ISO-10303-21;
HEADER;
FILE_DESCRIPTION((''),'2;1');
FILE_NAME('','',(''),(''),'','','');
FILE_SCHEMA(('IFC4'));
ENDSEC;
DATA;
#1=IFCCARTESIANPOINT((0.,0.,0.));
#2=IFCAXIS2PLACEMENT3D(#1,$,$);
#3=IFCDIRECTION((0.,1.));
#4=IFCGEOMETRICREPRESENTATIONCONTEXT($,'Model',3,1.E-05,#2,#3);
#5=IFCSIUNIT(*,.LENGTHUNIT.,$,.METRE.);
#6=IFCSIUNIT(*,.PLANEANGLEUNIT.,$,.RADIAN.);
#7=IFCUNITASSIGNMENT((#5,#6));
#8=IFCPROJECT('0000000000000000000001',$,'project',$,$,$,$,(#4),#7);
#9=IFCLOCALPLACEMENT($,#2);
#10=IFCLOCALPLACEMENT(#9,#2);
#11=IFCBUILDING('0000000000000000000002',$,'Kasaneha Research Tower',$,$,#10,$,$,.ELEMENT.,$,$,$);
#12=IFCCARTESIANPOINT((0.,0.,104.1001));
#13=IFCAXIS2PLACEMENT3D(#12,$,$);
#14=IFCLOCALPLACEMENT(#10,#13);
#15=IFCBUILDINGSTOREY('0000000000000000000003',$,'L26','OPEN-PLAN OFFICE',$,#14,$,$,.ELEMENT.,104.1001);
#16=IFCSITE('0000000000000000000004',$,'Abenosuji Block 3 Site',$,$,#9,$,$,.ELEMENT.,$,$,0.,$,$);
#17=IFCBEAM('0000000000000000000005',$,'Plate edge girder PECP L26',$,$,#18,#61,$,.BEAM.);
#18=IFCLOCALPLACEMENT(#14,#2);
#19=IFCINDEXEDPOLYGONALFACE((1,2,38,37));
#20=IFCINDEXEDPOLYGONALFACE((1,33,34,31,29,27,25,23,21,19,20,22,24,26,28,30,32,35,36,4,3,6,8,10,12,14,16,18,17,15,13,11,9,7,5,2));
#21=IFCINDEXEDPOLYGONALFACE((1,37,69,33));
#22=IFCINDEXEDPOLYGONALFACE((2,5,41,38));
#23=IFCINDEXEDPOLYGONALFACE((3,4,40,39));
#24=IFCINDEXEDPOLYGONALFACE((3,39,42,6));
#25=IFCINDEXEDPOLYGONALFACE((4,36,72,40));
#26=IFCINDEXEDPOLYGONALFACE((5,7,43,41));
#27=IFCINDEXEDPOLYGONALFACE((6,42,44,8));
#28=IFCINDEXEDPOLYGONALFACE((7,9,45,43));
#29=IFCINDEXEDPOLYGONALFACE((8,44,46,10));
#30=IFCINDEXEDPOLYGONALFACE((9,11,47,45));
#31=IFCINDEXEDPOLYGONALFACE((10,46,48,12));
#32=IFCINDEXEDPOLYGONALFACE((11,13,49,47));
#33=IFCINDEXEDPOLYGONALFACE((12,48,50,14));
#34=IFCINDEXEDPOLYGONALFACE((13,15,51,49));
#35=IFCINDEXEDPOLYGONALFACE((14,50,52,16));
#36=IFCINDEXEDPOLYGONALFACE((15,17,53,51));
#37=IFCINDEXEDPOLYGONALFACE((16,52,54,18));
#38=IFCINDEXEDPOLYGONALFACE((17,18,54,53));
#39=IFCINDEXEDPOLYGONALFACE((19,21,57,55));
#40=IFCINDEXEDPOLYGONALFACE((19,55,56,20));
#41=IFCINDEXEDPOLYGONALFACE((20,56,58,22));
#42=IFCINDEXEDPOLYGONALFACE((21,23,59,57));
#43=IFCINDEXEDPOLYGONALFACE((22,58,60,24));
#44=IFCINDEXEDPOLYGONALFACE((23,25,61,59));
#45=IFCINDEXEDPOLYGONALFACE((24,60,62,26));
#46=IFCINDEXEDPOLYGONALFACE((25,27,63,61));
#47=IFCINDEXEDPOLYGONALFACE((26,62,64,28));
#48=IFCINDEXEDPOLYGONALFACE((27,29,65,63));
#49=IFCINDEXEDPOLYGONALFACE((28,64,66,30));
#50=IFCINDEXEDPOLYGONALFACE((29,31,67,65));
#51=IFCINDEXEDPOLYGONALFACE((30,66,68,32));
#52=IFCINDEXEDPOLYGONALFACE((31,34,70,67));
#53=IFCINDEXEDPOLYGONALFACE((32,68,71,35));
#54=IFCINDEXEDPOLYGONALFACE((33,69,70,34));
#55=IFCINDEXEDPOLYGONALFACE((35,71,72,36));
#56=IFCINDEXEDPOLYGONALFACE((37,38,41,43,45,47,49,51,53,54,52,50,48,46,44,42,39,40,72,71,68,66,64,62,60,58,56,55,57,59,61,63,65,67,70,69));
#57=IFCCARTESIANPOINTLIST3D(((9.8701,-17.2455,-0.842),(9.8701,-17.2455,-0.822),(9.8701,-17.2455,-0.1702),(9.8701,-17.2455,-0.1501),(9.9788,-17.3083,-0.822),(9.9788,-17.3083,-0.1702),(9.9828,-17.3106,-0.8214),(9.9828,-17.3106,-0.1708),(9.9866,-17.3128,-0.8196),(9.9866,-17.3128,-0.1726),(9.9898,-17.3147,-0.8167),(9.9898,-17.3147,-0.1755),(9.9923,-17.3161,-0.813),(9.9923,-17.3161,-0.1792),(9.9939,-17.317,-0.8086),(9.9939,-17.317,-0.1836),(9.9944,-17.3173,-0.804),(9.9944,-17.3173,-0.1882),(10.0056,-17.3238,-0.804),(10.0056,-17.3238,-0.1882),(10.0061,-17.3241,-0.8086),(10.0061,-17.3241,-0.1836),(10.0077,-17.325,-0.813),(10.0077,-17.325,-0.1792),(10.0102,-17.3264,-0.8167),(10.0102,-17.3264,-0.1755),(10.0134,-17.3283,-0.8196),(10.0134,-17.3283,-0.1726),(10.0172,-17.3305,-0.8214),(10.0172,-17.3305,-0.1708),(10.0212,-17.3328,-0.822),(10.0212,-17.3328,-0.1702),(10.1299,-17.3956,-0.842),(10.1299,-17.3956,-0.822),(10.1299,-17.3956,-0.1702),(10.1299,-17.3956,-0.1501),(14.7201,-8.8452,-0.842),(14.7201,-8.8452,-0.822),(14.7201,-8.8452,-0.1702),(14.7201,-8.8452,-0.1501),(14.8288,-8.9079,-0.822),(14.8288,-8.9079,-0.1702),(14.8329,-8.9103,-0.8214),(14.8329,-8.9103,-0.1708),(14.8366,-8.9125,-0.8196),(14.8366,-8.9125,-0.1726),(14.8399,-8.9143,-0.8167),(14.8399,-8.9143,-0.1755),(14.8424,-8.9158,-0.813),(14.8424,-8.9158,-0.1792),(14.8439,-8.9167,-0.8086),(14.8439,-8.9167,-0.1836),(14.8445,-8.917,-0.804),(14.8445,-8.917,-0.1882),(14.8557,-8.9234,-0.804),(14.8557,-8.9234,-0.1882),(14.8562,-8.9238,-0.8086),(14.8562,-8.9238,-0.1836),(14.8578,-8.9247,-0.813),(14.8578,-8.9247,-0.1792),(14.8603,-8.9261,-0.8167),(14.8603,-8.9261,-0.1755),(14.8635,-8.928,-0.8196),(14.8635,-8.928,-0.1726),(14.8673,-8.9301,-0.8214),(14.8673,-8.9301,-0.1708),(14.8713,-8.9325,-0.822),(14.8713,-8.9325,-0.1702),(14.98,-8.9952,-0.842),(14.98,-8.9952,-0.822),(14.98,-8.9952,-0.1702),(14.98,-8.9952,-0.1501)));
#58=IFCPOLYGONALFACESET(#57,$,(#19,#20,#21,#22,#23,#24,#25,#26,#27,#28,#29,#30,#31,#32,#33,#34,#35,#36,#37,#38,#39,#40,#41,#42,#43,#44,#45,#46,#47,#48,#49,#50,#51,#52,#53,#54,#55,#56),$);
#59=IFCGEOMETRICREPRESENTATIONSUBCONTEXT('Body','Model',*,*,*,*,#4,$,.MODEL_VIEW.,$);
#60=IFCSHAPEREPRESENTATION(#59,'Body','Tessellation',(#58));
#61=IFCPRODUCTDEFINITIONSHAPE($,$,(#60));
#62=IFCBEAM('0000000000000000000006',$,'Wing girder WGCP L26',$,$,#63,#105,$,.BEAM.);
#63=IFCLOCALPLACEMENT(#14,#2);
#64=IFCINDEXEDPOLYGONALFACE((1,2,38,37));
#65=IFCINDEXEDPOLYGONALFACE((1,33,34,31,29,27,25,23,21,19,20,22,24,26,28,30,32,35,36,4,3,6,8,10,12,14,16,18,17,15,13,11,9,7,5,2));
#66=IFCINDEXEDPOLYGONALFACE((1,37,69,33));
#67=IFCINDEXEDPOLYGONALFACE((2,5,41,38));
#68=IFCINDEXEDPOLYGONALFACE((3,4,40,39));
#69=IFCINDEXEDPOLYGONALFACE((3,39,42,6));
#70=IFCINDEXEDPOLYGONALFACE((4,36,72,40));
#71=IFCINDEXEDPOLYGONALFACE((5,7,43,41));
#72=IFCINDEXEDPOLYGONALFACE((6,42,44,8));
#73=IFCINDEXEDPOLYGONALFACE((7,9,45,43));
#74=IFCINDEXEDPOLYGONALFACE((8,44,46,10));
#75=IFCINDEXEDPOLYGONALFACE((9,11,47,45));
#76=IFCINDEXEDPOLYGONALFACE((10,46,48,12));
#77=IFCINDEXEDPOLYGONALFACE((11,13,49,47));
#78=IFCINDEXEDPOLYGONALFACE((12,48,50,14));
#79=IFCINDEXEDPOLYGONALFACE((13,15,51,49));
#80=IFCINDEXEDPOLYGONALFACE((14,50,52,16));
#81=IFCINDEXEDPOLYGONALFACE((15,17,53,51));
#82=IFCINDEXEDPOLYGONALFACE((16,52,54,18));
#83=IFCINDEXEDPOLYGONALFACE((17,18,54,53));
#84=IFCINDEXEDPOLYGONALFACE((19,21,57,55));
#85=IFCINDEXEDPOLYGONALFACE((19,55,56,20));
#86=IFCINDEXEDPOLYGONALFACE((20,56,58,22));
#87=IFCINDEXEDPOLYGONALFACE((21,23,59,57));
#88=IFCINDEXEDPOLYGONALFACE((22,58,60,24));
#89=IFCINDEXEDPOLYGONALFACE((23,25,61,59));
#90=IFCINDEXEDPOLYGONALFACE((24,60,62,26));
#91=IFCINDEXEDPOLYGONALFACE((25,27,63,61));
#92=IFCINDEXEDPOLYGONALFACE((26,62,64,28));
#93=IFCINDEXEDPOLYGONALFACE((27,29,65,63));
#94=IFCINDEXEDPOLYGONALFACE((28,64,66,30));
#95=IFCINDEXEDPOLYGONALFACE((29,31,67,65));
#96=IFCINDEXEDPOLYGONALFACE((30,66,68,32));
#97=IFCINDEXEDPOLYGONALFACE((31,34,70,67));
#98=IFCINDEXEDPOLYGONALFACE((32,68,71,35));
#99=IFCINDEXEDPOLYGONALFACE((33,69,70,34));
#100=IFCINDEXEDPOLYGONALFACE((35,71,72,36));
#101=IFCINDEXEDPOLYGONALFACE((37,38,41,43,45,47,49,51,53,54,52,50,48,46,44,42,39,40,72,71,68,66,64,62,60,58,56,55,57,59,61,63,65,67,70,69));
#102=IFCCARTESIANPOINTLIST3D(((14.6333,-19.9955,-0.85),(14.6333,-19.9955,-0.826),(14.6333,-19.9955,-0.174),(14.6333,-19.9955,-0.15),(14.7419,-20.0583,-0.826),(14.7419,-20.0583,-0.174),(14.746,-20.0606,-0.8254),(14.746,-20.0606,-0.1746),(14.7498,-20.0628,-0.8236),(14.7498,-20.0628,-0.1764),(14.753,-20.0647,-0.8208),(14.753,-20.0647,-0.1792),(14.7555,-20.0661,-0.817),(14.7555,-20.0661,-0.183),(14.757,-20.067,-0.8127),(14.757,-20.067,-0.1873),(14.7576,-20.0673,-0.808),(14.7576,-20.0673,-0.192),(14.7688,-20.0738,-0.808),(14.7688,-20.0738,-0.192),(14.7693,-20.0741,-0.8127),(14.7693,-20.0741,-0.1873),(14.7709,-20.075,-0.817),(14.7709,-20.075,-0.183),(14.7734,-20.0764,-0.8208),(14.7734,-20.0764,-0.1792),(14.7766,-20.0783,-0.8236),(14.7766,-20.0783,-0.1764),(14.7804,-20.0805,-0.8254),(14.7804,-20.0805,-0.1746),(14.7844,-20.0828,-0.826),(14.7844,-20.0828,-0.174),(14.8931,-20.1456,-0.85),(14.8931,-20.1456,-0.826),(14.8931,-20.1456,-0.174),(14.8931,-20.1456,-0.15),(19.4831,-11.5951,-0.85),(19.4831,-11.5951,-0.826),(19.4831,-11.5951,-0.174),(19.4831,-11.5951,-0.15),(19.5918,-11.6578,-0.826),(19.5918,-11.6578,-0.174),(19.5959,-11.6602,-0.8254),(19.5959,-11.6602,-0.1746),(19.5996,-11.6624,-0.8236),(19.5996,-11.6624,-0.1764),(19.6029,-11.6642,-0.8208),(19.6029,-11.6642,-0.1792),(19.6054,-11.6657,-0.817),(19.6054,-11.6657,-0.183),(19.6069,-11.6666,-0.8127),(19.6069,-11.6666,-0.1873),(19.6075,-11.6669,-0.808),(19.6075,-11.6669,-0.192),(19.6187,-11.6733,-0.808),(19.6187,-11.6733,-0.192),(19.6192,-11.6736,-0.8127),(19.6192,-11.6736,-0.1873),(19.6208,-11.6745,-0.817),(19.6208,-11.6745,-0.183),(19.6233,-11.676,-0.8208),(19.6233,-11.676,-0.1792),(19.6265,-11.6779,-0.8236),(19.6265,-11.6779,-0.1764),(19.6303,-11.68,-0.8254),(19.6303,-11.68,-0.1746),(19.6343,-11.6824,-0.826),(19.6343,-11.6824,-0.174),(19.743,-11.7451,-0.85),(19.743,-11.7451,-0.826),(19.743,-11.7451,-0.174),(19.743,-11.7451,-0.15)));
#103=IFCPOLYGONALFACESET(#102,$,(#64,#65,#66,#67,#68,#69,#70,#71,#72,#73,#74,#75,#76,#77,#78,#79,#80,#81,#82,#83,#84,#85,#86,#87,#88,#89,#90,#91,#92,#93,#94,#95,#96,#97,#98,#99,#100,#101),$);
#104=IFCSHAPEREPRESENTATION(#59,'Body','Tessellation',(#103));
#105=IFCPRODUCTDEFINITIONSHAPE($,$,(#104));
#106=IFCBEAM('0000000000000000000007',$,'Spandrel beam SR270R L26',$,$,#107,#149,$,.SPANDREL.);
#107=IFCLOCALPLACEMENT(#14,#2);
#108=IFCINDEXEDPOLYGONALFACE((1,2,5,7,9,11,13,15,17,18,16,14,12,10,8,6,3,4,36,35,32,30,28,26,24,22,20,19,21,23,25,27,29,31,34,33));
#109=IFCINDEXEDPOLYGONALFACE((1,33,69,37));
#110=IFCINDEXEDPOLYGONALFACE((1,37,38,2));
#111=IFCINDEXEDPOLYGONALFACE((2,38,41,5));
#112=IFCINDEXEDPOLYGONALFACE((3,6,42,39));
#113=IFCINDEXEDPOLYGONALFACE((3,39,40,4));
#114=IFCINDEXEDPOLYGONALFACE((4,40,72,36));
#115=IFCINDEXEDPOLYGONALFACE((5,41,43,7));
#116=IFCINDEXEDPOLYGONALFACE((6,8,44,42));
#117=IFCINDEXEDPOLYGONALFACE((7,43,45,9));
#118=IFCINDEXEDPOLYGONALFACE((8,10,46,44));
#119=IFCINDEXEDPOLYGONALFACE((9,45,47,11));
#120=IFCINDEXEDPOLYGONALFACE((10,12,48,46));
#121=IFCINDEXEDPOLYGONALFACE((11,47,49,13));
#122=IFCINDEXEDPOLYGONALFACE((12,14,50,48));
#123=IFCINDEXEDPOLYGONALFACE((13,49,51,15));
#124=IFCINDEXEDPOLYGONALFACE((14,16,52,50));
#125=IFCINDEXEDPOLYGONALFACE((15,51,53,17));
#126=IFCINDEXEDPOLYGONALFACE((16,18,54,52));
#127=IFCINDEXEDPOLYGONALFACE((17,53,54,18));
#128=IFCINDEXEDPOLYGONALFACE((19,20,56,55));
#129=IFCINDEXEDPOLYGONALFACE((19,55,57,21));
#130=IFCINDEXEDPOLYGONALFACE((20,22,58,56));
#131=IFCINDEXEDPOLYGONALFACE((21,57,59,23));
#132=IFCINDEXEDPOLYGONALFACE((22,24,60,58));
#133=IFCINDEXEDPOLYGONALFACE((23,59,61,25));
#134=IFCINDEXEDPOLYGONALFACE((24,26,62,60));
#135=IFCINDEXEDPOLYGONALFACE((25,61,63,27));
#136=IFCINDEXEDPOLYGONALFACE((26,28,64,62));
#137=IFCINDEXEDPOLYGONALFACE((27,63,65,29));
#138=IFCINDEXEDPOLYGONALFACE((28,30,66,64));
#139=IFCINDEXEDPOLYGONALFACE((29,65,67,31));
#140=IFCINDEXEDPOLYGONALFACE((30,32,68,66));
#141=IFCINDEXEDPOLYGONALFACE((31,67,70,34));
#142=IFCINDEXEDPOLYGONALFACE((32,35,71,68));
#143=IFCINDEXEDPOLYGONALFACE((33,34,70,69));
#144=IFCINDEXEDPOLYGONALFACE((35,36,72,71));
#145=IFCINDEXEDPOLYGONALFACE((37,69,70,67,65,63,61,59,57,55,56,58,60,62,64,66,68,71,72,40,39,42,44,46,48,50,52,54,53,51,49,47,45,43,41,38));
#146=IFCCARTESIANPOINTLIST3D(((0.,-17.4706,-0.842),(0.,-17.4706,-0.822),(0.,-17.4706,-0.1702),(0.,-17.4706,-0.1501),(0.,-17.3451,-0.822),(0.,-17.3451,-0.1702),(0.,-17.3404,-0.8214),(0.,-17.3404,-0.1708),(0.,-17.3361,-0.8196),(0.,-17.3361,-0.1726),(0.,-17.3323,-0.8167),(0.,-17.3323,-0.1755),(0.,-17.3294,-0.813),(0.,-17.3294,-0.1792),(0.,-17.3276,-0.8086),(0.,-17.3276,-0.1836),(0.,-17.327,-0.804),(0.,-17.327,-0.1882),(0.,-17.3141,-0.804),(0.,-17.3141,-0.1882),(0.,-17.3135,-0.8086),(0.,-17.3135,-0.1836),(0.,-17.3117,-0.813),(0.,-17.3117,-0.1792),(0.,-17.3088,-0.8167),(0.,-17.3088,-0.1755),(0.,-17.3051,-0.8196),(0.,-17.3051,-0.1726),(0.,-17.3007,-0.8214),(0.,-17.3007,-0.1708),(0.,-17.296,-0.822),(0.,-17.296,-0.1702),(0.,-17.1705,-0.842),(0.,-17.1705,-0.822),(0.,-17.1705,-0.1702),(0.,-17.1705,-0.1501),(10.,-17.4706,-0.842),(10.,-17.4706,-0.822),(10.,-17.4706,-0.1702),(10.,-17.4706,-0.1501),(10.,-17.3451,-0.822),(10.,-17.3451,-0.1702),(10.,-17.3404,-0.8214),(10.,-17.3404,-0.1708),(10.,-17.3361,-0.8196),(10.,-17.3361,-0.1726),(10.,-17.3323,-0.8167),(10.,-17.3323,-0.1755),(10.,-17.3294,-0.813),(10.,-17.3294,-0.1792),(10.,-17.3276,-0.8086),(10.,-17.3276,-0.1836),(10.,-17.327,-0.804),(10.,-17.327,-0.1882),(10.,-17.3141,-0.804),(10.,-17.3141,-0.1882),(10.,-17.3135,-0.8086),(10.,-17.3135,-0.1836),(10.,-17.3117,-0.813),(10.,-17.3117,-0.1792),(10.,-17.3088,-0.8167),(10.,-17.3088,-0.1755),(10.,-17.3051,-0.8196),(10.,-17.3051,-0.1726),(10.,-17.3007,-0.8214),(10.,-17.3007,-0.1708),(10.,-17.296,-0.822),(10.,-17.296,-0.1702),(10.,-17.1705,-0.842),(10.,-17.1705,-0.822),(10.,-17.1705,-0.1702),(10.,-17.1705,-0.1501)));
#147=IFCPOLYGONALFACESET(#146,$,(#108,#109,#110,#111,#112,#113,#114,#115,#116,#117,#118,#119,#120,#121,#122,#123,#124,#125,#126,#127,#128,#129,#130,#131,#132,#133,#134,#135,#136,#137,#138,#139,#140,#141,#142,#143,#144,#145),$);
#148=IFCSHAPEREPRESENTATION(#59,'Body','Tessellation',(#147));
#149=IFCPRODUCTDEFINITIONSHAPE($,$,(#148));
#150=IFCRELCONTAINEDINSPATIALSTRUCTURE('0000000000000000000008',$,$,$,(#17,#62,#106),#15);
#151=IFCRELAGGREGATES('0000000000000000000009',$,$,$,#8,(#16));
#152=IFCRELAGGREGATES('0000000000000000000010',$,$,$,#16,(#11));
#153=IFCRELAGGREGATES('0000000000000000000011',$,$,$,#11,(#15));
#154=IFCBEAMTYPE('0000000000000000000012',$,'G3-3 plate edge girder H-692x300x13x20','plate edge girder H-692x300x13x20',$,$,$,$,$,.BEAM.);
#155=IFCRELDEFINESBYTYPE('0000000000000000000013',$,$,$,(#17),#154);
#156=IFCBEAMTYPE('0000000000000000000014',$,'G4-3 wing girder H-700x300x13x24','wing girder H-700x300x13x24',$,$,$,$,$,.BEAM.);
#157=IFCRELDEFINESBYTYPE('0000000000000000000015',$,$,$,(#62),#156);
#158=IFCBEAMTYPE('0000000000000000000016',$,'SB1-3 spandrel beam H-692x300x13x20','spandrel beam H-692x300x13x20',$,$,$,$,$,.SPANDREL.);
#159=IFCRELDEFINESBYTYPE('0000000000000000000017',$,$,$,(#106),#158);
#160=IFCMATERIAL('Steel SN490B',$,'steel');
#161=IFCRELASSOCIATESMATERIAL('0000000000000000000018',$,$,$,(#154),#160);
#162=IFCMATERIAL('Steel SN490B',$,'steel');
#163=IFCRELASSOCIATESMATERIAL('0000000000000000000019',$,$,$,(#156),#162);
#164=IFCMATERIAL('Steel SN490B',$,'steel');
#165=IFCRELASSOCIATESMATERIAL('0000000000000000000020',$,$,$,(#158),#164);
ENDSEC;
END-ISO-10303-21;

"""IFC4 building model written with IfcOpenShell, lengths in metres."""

from ifc_helpers import new_model, si_unit, direction, frame, origin, origin_2d, place, context, subcontext, project, spatial, i_section, extrude, material, material_profile, profile_set, type_object, element, save


model = new_model("IFC4")

# Units and contexts
model_context = context("Model", 3, precision=1e-05, world=origin(), true_north=direction((0.0, 1.0)))
body_context = subcontext(model_context, "Body", "Model", "MODEL_VIEW")
ifc_project = project(units=[si_unit("LENGTHUNIT", "METRE"), si_unit("PLANEANGLEUNIT", "RADIAN")], contexts=[model_context])

# Site, building, storey
site_placement = place(None, origin())
site = spatial("IfcSite", under=ifc_project, at=site_placement, Name="Abenosuji Block 3 Site", CompositionType="ELEMENT", RefElevation=0.0)
building_placement = place(site_placement, origin())
building = spatial("IfcBuilding", under=site, at=building_placement, Name="Kasaneha Research Tower", CompositionType="ELEMENT")
storey_placement = place(building_placement, frame((0.0, 0.0, 104.1001)))
storey = spatial("IfcBuildingStorey", under=building, at=storey_placement, Name="L26", Description="OPEN-PLAN OFFICE", CompositionType="ELEMENT", Elevation=104.1001)

# Beams
ifc_material_1 = material(Name="Steel SN490B", Category="steel")
ifc_material_profile_1 = material_profile(ifc_material_1, i_section(OverallWidth=0.3, OverallDepth=0.6919, WebThickness=0.0129, FlangeThickness=0.02, FilletRadius=0.0181, at=origin_2d()), Name="H-692x300x13x20")
ifc_profile_set_1 = profile_set([ifc_material_profile_1], Name="Steel SN490B")
beam_type_1 = type_object("IfcBeamType", Name="G3-3 plate edge girder H-692x300x13x20", Description="plate edge girder H-692x300x13x20", PredefinedType="BEAM", material=ifc_profile_set_1)
beam_1_placement = place(storey_placement, frame((10.0, -17.3206, -0.4961), z_axis=(0.50001, 0.86602, 0.0), x_axis=(-0.86602, 0.50001, 0.0)))
element("IfcBeam", 1, at=beam_1_placement, inside=storey, type_object=beam_type_1, Name="Plate edge girder PECP L26", PredefinedType="BEAM", context=body_context, shape_type="SweptSolid", body=[
    extrude(i_section(OverallWidth=0.3, OverallDepth=0.6919, WebThickness=0.0129, FlangeThickness=0.02, FilletRadius=0.0181, at=origin_2d()), origin(), (0.0, 0.0, 1.0), 9.7),
])
ifc_material_2 = material(Name="Steel SN490B", Category="steel")
ifc_material_profile_2 = material_profile(ifc_material_2, i_section(OverallWidth=0.3, OverallDepth=0.7, WebThickness=0.0129, FlangeThickness=0.0239, FilletRadius=0.0181, at=origin_2d()), Name="H-700x300x13x24")
ifc_profile_set_2 = profile_set([ifc_material_profile_2], Name="Steel SN490B")
beam_type_2 = type_object("IfcBeamType", Name="G4-3 wing girder H-700x300x13x24", Description="wing girder H-700x300x13x24", PredefinedType="BEAM", material=ifc_profile_set_2)
beam_2_placement = place(storey_placement, frame((14.7632, -20.0706, -0.5), z_axis=(0.499991, 0.866031, 0.0), x_axis=(-0.866031, 0.499991, 0.0)))
element("IfcBeam", 2, at=beam_2_placement, inside=storey, type_object=beam_type_2, Name="Wing girder WGCP L26", PredefinedType="BEAM", context=body_context, shape_type="SweptSolid", body=[
    extrude(i_section(OverallWidth=0.3, OverallDepth=0.7, WebThickness=0.0129, FlangeThickness=0.0239, FilletRadius=0.0181, at=origin_2d()), origin(), (0.0, 0.0, 1.0), 9.7),
])
ifc_material_3 = material(Name="Steel SN490B", Category="steel")
ifc_material_profile_3 = material_profile(ifc_material_3, i_section(OverallWidth=0.3, OverallDepth=0.6919, WebThickness=0.0129, FlangeThickness=0.02, FilletRadius=0.0181, at=origin_2d()), Name="H-692x300x13x20")
ifc_profile_set_3 = profile_set([ifc_material_profile_3], Name="Steel SN490B")
beam_type_3 = type_object("IfcBeamType", Name="SB1-3 spandrel beam H-692x300x13x20", Description="spandrel beam H-692x300x13x20", PredefinedType="SPANDREL", material=ifc_profile_set_3)
beam_3_placement = place(storey_placement, frame((10.0, -17.3206, -0.4961), z_axis=(-1.0, 0.0, 0.0), x_axis=(0.0, -1.0, 0.0)))
element("IfcBeam", 3, at=beam_3_placement, inside=storey, type_object=beam_type_3, Name="Spandrel beam SR270R L26", PredefinedType="SPANDREL", context=body_context, shape_type="SweptSolid", body=[
    extrude(i_section(OverallWidth=0.3, OverallDepth=0.6919, WebThickness=0.0129, FlangeThickness=0.02, FilletRadius=0.0181, at=origin_2d()), origin(), (0.0, 0.0, 1.0), 10.0),
])

save(model, "model.ifc")
